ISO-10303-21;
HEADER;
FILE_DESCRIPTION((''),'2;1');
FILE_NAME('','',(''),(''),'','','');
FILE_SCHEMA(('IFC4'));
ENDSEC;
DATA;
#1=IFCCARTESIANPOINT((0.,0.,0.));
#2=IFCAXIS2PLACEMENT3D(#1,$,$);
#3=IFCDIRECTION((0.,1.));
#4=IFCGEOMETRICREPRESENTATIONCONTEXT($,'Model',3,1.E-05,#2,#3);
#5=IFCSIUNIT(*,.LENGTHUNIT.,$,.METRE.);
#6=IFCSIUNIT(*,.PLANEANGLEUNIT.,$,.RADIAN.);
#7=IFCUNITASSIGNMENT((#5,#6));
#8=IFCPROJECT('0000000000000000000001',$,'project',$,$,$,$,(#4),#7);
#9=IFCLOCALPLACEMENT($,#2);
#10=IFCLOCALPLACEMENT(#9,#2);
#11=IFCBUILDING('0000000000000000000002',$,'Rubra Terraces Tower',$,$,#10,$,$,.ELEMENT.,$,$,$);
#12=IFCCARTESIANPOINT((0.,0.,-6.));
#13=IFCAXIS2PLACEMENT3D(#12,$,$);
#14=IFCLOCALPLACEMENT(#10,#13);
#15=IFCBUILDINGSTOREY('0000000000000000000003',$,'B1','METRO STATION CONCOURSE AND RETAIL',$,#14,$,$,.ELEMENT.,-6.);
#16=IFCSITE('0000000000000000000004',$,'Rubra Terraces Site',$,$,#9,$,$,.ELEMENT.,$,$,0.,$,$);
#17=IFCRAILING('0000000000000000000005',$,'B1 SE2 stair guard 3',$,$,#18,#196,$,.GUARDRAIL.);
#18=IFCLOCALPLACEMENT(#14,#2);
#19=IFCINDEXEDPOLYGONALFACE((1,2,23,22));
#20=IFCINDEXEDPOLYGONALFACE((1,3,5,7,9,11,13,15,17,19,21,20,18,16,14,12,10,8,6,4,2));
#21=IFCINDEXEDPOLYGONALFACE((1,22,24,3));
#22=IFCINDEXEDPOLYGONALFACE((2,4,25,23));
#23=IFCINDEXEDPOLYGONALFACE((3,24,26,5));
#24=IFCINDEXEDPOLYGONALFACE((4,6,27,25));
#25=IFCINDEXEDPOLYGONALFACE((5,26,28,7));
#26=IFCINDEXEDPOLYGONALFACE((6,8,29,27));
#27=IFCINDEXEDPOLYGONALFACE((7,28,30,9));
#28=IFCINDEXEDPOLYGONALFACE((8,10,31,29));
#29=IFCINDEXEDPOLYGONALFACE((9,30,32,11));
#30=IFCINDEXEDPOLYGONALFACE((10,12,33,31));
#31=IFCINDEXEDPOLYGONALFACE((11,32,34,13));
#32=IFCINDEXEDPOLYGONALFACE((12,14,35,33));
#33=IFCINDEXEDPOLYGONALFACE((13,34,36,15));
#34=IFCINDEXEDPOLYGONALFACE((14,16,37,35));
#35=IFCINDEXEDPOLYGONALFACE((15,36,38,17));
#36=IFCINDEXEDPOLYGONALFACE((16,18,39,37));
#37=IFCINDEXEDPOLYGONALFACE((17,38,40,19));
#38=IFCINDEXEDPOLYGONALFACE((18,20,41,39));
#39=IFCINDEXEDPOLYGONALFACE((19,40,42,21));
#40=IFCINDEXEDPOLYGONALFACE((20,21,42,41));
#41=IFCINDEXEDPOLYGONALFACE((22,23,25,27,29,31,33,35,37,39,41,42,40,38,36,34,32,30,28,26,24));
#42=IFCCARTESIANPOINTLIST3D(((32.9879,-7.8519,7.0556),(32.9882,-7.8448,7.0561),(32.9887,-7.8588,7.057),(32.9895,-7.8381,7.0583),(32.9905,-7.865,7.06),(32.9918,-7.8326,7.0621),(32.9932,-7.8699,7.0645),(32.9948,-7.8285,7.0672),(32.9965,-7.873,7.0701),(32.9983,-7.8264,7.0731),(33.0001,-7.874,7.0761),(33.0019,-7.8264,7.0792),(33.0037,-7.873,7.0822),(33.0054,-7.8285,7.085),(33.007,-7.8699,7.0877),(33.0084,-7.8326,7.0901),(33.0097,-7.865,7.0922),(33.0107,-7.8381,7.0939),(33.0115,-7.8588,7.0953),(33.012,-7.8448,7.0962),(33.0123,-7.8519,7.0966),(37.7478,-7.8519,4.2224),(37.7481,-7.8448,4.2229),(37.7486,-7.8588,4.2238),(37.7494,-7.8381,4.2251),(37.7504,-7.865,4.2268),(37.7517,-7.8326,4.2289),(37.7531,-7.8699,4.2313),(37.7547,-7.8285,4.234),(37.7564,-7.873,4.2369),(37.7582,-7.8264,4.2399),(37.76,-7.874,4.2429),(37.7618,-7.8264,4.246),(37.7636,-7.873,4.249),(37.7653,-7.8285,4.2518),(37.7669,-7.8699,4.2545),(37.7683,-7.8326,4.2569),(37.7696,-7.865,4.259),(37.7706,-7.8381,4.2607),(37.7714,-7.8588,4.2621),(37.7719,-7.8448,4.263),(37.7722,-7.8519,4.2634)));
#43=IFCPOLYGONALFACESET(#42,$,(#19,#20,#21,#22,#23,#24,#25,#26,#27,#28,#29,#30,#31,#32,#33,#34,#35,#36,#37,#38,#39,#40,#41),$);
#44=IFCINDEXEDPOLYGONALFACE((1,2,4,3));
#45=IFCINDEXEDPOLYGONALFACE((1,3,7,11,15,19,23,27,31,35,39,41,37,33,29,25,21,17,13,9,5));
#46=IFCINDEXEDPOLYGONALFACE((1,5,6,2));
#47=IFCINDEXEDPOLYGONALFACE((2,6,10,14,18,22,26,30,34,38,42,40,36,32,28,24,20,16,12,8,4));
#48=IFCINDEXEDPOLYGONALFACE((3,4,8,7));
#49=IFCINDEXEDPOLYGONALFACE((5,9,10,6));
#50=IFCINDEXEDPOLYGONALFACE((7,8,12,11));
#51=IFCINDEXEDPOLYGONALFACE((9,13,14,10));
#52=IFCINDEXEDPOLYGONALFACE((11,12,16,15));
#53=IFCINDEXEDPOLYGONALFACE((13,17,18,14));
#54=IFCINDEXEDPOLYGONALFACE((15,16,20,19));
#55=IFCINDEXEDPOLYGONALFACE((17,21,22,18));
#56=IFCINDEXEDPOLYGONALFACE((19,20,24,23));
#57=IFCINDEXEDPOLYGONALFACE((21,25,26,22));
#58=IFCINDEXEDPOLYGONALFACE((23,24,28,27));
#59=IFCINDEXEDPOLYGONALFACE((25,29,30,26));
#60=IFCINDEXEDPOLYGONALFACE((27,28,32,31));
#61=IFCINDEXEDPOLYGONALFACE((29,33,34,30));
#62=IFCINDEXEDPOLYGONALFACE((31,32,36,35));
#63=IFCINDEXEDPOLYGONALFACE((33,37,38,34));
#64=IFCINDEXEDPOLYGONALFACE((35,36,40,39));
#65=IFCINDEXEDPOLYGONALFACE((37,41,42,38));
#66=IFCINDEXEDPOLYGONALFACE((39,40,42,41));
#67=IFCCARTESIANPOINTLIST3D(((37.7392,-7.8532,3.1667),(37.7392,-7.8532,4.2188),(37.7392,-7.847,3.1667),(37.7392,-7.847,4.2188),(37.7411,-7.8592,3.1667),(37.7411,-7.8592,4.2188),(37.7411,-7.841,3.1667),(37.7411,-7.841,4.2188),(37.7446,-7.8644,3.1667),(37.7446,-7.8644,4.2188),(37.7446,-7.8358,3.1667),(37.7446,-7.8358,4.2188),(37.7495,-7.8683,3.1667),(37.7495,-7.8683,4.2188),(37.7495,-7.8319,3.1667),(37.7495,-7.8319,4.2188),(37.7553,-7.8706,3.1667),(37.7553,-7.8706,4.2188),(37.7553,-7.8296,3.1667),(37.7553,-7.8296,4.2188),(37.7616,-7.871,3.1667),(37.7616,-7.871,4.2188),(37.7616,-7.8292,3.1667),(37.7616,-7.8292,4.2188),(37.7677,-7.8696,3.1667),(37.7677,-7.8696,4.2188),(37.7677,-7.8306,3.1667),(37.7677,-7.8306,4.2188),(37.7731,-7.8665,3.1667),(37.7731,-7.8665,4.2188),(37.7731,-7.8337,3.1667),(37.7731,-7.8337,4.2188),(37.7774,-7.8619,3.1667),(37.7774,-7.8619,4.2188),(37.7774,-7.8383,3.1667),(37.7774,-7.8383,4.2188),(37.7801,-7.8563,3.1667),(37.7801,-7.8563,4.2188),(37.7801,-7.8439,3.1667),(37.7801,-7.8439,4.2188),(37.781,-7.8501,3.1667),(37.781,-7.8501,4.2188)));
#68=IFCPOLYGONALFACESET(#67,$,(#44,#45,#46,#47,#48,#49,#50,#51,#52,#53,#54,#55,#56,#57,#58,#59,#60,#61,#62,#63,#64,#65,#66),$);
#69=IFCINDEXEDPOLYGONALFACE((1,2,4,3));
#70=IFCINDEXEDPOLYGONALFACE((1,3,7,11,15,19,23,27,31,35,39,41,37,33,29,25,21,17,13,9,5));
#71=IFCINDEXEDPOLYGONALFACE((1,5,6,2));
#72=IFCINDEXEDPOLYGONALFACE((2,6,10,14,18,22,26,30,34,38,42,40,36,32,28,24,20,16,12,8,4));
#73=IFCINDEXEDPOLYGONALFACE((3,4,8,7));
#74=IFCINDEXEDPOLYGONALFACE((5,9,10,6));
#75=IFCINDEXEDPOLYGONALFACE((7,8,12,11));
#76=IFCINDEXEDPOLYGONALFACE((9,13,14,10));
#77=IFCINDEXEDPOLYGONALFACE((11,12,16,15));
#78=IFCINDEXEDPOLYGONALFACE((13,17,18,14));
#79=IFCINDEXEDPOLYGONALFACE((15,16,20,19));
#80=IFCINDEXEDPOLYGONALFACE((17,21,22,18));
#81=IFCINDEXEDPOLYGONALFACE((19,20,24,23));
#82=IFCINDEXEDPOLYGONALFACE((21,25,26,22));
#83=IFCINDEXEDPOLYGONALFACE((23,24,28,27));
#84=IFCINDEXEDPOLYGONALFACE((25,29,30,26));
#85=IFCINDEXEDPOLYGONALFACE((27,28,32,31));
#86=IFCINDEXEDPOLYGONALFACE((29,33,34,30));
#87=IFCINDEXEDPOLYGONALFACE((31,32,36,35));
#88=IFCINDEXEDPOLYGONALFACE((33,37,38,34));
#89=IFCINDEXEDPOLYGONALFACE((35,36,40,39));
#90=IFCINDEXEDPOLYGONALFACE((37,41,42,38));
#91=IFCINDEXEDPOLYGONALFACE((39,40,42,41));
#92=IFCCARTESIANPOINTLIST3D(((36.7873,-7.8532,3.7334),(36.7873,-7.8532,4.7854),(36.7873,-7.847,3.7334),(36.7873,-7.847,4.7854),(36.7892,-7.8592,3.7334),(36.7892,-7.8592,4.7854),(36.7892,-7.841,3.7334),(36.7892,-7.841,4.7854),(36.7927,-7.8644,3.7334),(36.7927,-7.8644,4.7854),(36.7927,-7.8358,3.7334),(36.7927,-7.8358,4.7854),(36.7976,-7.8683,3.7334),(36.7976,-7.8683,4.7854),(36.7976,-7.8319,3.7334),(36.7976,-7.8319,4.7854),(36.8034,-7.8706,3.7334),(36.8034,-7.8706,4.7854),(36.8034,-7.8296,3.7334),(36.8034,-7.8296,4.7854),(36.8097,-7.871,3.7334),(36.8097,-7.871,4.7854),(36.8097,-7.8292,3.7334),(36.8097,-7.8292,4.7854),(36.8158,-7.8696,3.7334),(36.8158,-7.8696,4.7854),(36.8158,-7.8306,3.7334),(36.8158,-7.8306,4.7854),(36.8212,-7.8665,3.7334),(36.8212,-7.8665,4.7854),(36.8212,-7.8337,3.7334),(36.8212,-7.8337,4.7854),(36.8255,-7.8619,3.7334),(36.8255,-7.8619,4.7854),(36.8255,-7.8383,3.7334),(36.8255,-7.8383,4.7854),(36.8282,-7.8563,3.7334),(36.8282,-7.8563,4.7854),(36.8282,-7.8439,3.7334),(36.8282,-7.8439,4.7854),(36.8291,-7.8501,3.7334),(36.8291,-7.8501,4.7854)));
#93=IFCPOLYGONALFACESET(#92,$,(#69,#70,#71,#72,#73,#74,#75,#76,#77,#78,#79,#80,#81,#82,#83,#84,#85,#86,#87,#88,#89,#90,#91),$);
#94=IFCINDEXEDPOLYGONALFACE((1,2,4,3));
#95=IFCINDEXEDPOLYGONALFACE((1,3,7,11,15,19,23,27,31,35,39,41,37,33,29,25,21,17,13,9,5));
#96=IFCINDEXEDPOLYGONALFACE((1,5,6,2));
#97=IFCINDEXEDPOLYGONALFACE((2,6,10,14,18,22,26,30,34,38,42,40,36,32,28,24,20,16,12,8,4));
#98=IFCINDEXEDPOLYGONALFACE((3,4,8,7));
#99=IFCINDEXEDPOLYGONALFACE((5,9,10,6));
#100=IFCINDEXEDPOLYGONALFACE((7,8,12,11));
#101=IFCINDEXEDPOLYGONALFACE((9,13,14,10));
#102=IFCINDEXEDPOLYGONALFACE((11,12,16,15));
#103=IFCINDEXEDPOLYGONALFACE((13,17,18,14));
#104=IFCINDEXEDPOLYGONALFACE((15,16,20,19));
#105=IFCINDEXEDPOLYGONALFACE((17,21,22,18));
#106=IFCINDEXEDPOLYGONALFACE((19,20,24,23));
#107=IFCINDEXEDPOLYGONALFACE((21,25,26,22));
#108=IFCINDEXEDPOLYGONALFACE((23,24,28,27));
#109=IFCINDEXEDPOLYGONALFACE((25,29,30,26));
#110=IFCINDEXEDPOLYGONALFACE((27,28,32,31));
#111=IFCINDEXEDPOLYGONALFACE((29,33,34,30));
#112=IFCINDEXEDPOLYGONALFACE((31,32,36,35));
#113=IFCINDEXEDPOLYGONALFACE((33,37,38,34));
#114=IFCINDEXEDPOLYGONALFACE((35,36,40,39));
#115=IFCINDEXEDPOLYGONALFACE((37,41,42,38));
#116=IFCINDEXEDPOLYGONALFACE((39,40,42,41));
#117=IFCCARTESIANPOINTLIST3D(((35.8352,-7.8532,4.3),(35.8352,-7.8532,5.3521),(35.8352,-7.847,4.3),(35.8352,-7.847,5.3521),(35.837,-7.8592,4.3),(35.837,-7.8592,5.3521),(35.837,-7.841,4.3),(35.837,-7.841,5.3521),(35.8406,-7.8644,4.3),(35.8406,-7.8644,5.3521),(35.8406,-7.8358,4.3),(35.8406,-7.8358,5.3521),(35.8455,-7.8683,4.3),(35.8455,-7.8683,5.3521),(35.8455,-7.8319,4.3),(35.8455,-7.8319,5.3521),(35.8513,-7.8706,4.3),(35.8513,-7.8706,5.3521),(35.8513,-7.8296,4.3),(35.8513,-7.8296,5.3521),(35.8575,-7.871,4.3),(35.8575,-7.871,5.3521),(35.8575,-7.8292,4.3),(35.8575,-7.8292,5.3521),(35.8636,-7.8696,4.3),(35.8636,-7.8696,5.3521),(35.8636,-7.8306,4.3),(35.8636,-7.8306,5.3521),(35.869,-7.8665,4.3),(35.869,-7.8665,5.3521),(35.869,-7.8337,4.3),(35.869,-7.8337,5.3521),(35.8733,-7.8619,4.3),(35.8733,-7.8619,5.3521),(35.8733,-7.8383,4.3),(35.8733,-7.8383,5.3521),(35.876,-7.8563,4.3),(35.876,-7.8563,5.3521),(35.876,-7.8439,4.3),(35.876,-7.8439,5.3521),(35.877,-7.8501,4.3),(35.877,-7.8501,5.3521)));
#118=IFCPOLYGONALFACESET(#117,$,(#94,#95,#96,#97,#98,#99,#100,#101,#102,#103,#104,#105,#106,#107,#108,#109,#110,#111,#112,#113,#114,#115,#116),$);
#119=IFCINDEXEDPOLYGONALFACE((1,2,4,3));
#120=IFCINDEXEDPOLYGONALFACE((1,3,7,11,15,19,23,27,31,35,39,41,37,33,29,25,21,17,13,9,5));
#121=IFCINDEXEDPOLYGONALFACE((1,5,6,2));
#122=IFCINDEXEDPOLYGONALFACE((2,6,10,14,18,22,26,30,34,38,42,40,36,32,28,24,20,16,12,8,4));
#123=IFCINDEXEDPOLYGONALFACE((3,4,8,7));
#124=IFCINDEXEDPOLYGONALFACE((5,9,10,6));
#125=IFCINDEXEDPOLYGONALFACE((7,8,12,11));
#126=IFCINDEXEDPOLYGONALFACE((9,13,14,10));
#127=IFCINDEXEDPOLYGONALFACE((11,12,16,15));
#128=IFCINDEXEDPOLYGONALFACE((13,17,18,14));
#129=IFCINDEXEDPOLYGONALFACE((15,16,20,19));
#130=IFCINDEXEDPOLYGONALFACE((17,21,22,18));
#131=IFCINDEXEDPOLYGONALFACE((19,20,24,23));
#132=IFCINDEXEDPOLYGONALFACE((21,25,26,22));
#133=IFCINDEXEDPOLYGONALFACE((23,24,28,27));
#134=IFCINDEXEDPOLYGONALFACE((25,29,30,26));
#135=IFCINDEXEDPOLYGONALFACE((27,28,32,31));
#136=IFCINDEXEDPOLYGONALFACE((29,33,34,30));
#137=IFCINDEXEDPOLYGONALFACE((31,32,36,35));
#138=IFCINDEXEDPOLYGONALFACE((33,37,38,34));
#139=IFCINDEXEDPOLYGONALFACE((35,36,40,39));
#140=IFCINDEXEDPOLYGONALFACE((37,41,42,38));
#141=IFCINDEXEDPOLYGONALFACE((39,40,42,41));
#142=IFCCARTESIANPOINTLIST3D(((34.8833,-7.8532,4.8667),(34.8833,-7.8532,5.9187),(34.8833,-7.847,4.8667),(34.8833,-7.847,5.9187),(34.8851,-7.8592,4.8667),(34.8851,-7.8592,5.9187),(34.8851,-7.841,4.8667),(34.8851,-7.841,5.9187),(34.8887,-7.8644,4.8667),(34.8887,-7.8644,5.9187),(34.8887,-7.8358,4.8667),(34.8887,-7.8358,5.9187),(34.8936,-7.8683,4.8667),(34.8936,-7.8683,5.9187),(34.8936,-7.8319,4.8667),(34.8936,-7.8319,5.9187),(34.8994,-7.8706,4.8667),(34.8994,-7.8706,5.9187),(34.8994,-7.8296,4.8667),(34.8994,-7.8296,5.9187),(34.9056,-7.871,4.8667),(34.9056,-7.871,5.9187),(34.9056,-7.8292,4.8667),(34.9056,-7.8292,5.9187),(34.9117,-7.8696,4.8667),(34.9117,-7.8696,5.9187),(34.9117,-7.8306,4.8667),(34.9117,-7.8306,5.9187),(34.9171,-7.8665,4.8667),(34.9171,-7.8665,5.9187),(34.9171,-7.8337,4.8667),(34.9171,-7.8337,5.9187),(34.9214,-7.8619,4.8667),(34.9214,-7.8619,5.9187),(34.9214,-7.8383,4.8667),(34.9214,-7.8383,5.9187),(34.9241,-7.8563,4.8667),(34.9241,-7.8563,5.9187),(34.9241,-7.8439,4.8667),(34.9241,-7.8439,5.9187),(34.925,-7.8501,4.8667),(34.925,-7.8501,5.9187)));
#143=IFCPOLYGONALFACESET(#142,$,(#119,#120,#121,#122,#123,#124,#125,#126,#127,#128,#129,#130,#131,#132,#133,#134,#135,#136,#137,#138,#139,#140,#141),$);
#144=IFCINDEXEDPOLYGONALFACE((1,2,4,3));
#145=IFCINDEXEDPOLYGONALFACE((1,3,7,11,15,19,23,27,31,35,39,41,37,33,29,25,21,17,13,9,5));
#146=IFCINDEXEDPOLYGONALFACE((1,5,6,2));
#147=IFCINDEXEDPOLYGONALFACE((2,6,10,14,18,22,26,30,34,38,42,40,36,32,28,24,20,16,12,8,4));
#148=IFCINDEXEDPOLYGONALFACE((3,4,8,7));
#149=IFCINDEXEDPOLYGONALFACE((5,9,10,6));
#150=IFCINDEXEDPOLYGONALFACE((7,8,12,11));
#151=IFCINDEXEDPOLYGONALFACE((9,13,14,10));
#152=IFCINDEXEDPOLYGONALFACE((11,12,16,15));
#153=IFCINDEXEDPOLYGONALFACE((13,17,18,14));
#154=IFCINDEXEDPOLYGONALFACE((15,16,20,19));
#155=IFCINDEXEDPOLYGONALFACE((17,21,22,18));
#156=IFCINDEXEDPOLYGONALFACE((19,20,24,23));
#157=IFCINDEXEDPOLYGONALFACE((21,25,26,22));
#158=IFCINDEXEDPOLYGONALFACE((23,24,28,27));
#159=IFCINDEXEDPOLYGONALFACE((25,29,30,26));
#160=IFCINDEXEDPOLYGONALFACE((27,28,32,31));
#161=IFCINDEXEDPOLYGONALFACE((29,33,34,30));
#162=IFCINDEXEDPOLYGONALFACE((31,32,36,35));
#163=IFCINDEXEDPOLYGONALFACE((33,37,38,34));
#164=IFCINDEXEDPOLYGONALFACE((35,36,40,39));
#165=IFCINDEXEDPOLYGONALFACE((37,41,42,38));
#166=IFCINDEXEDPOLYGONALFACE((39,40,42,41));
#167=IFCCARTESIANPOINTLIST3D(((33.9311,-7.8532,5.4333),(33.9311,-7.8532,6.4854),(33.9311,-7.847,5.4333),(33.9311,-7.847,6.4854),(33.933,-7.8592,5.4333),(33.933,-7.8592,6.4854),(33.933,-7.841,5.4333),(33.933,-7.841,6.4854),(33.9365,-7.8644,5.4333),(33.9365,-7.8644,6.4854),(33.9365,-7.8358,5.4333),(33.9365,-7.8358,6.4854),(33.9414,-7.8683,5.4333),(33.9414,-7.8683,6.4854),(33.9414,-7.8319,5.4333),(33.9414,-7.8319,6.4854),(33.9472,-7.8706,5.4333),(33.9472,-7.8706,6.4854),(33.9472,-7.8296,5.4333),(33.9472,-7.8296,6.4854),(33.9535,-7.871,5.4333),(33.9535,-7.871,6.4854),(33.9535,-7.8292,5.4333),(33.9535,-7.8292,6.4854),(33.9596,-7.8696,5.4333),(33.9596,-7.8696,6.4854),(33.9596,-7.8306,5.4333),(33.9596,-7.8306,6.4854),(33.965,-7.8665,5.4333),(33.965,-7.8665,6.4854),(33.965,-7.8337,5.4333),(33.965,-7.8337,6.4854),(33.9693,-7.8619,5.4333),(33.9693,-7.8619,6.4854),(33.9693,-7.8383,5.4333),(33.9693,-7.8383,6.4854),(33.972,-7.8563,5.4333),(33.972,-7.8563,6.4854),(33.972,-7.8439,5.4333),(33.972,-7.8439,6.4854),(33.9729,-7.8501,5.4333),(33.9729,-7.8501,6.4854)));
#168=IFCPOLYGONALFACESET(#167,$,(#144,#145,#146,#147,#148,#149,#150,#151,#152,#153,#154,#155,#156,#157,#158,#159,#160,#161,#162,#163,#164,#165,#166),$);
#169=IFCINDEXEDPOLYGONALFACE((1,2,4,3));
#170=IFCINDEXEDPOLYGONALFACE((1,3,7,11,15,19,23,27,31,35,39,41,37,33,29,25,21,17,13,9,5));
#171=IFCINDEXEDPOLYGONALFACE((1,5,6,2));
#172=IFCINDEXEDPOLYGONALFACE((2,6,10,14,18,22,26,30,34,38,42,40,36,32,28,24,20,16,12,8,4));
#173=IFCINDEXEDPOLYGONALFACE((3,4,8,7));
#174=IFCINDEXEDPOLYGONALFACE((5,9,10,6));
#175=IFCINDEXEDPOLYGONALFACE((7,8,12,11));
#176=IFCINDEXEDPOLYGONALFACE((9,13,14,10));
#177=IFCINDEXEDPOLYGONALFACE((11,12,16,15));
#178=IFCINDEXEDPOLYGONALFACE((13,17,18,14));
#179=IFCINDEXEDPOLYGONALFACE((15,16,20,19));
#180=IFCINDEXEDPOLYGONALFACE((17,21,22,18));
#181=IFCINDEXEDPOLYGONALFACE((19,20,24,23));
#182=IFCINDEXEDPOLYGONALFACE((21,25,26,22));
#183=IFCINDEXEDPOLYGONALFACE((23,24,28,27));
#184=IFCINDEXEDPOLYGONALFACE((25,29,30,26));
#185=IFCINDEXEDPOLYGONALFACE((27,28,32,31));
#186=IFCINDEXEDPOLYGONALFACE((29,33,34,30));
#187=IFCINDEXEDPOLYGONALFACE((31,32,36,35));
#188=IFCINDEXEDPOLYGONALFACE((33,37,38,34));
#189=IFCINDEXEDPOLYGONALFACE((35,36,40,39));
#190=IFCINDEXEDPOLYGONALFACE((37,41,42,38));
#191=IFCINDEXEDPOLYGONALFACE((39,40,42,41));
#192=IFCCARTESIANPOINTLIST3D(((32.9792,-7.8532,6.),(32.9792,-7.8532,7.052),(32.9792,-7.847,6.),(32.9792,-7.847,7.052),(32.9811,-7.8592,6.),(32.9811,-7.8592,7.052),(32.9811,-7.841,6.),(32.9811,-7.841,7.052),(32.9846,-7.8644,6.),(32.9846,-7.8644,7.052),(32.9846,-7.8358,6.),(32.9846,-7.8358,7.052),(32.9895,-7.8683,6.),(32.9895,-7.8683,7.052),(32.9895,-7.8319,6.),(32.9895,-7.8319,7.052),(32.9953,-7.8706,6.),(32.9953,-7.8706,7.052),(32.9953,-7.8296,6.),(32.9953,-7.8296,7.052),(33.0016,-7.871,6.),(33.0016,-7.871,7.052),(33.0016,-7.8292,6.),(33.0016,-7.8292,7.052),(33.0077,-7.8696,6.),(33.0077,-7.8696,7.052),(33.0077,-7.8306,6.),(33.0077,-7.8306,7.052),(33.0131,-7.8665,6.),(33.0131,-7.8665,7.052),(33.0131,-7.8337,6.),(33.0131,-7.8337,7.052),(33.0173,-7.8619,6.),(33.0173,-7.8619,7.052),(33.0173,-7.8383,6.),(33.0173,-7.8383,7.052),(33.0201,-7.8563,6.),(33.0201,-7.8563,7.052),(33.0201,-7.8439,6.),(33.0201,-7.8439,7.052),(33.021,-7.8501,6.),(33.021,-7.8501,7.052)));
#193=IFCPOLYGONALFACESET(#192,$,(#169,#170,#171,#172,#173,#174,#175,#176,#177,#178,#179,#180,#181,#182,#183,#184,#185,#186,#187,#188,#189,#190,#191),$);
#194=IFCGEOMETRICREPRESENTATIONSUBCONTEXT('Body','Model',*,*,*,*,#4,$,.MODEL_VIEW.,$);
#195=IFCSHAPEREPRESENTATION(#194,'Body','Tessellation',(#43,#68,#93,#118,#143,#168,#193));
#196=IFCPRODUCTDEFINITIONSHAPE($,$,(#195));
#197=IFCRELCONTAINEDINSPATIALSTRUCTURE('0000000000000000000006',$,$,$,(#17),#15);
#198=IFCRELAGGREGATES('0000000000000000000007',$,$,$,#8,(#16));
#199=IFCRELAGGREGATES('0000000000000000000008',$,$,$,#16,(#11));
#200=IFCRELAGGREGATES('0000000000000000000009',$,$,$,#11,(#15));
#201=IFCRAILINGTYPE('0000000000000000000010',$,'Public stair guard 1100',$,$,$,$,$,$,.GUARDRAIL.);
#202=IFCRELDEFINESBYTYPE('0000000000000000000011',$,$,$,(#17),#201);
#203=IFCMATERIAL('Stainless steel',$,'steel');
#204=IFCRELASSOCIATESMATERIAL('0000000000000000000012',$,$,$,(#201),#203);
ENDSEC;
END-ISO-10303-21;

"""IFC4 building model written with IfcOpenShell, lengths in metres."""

from ifc_helpers import new_model, si_unit, direction, frame, origin, origin_2d, place, context, subcontext, project, spatial, circle, extrude, material, type_object, element, save


model = new_model("IFC4")

# Units and contexts
model_context = context("Model", 3, precision=1e-05, world=origin(), true_north=direction((0.0, 1.0)))
body_context = subcontext(model_context, "Body", "Model", "MODEL_VIEW")
ifc_project = project(units=[si_unit("LENGTHUNIT", "METRE"), si_unit("PLANEANGLEUNIT", "RADIAN")], contexts=[model_context])

# Site, building, storey
site_placement = place(None, origin())
site = spatial("IfcSite", under=ifc_project, at=site_placement, Name="Rubra Terraces Site", CompositionType="ELEMENT", RefElevation=0.0)
building_placement = place(site_placement, origin())
building = spatial("IfcBuilding", under=site, at=building_placement, Name="Rubra Terraces Tower", CompositionType="ELEMENT")
storey_placement = place(building_placement, frame((0.0, 0.0, -6.0)))
storey = spatial("IfcBuildingStorey", under=building, at=storey_placement, Name="B1", Description="METRO STATION CONCOURSE AND RETAIL", CompositionType="ELEMENT", Elevation=-6.0)

# Railing
ifc_material_1 = material(Name="Stainless steel", Category="steel")
railing_type_1 = type_object("IfcRailingType", Name="Public stair guard 1100", PredefinedType="GUARDRAIL", material=ifc_material_1)
railing_1_placement = place(storey_placement, frame((37.76, -7.8501, 3.1667)))
element("IfcRailing", 1, at=railing_1_placement, inside=storey, type_object=railing_type_1, Name="B1 SE2 stair guard 3", PredefinedType="GUARDRAIL", context=body_context, shape_type="SweptSolid", body=[
    extrude(circle(Radius=0.0239, at=origin_2d()), frame((0.0, 0.0, 1.0762), z_axis=(-0.8593, 0.0, 0.511472), x_axis=(0.0, -1.0, 0.0)), (0.0, 0.0, 1.0), 5.5393),
    extrude(circle(Radius=0.021, at=origin_2d()), origin(), (0.0, 0.0, 1.0), 1.052),
    extrude(circle(Radius=0.021, at=origin_2d()), frame((-0.9519, 0.0, 0.5667)), (0.0, 0.0, 1.0), 1.052),
    extrude(circle(Radius=0.021, at=origin_2d()), frame((-1.9041, 0.0, 1.1333)), (0.0, 0.0, 1.0), 1.052),
    extrude(circle(Radius=0.021, at=origin_2d()), frame((-2.856, 0.0, 1.7)), (0.0, 0.0, 1.0), 1.052),
    extrude(circle(Radius=0.021, at=origin_2d()), frame((-3.8081, 0.0, 2.2666)), (0.0, 0.0, 1.0), 1.052),
    extrude(circle(Radius=0.021, at=origin_2d()), frame((-4.76, 0.0, 2.8333)), (0.0, 0.0, 1.0), 1.052),
])

save(model, "model.ifc")
